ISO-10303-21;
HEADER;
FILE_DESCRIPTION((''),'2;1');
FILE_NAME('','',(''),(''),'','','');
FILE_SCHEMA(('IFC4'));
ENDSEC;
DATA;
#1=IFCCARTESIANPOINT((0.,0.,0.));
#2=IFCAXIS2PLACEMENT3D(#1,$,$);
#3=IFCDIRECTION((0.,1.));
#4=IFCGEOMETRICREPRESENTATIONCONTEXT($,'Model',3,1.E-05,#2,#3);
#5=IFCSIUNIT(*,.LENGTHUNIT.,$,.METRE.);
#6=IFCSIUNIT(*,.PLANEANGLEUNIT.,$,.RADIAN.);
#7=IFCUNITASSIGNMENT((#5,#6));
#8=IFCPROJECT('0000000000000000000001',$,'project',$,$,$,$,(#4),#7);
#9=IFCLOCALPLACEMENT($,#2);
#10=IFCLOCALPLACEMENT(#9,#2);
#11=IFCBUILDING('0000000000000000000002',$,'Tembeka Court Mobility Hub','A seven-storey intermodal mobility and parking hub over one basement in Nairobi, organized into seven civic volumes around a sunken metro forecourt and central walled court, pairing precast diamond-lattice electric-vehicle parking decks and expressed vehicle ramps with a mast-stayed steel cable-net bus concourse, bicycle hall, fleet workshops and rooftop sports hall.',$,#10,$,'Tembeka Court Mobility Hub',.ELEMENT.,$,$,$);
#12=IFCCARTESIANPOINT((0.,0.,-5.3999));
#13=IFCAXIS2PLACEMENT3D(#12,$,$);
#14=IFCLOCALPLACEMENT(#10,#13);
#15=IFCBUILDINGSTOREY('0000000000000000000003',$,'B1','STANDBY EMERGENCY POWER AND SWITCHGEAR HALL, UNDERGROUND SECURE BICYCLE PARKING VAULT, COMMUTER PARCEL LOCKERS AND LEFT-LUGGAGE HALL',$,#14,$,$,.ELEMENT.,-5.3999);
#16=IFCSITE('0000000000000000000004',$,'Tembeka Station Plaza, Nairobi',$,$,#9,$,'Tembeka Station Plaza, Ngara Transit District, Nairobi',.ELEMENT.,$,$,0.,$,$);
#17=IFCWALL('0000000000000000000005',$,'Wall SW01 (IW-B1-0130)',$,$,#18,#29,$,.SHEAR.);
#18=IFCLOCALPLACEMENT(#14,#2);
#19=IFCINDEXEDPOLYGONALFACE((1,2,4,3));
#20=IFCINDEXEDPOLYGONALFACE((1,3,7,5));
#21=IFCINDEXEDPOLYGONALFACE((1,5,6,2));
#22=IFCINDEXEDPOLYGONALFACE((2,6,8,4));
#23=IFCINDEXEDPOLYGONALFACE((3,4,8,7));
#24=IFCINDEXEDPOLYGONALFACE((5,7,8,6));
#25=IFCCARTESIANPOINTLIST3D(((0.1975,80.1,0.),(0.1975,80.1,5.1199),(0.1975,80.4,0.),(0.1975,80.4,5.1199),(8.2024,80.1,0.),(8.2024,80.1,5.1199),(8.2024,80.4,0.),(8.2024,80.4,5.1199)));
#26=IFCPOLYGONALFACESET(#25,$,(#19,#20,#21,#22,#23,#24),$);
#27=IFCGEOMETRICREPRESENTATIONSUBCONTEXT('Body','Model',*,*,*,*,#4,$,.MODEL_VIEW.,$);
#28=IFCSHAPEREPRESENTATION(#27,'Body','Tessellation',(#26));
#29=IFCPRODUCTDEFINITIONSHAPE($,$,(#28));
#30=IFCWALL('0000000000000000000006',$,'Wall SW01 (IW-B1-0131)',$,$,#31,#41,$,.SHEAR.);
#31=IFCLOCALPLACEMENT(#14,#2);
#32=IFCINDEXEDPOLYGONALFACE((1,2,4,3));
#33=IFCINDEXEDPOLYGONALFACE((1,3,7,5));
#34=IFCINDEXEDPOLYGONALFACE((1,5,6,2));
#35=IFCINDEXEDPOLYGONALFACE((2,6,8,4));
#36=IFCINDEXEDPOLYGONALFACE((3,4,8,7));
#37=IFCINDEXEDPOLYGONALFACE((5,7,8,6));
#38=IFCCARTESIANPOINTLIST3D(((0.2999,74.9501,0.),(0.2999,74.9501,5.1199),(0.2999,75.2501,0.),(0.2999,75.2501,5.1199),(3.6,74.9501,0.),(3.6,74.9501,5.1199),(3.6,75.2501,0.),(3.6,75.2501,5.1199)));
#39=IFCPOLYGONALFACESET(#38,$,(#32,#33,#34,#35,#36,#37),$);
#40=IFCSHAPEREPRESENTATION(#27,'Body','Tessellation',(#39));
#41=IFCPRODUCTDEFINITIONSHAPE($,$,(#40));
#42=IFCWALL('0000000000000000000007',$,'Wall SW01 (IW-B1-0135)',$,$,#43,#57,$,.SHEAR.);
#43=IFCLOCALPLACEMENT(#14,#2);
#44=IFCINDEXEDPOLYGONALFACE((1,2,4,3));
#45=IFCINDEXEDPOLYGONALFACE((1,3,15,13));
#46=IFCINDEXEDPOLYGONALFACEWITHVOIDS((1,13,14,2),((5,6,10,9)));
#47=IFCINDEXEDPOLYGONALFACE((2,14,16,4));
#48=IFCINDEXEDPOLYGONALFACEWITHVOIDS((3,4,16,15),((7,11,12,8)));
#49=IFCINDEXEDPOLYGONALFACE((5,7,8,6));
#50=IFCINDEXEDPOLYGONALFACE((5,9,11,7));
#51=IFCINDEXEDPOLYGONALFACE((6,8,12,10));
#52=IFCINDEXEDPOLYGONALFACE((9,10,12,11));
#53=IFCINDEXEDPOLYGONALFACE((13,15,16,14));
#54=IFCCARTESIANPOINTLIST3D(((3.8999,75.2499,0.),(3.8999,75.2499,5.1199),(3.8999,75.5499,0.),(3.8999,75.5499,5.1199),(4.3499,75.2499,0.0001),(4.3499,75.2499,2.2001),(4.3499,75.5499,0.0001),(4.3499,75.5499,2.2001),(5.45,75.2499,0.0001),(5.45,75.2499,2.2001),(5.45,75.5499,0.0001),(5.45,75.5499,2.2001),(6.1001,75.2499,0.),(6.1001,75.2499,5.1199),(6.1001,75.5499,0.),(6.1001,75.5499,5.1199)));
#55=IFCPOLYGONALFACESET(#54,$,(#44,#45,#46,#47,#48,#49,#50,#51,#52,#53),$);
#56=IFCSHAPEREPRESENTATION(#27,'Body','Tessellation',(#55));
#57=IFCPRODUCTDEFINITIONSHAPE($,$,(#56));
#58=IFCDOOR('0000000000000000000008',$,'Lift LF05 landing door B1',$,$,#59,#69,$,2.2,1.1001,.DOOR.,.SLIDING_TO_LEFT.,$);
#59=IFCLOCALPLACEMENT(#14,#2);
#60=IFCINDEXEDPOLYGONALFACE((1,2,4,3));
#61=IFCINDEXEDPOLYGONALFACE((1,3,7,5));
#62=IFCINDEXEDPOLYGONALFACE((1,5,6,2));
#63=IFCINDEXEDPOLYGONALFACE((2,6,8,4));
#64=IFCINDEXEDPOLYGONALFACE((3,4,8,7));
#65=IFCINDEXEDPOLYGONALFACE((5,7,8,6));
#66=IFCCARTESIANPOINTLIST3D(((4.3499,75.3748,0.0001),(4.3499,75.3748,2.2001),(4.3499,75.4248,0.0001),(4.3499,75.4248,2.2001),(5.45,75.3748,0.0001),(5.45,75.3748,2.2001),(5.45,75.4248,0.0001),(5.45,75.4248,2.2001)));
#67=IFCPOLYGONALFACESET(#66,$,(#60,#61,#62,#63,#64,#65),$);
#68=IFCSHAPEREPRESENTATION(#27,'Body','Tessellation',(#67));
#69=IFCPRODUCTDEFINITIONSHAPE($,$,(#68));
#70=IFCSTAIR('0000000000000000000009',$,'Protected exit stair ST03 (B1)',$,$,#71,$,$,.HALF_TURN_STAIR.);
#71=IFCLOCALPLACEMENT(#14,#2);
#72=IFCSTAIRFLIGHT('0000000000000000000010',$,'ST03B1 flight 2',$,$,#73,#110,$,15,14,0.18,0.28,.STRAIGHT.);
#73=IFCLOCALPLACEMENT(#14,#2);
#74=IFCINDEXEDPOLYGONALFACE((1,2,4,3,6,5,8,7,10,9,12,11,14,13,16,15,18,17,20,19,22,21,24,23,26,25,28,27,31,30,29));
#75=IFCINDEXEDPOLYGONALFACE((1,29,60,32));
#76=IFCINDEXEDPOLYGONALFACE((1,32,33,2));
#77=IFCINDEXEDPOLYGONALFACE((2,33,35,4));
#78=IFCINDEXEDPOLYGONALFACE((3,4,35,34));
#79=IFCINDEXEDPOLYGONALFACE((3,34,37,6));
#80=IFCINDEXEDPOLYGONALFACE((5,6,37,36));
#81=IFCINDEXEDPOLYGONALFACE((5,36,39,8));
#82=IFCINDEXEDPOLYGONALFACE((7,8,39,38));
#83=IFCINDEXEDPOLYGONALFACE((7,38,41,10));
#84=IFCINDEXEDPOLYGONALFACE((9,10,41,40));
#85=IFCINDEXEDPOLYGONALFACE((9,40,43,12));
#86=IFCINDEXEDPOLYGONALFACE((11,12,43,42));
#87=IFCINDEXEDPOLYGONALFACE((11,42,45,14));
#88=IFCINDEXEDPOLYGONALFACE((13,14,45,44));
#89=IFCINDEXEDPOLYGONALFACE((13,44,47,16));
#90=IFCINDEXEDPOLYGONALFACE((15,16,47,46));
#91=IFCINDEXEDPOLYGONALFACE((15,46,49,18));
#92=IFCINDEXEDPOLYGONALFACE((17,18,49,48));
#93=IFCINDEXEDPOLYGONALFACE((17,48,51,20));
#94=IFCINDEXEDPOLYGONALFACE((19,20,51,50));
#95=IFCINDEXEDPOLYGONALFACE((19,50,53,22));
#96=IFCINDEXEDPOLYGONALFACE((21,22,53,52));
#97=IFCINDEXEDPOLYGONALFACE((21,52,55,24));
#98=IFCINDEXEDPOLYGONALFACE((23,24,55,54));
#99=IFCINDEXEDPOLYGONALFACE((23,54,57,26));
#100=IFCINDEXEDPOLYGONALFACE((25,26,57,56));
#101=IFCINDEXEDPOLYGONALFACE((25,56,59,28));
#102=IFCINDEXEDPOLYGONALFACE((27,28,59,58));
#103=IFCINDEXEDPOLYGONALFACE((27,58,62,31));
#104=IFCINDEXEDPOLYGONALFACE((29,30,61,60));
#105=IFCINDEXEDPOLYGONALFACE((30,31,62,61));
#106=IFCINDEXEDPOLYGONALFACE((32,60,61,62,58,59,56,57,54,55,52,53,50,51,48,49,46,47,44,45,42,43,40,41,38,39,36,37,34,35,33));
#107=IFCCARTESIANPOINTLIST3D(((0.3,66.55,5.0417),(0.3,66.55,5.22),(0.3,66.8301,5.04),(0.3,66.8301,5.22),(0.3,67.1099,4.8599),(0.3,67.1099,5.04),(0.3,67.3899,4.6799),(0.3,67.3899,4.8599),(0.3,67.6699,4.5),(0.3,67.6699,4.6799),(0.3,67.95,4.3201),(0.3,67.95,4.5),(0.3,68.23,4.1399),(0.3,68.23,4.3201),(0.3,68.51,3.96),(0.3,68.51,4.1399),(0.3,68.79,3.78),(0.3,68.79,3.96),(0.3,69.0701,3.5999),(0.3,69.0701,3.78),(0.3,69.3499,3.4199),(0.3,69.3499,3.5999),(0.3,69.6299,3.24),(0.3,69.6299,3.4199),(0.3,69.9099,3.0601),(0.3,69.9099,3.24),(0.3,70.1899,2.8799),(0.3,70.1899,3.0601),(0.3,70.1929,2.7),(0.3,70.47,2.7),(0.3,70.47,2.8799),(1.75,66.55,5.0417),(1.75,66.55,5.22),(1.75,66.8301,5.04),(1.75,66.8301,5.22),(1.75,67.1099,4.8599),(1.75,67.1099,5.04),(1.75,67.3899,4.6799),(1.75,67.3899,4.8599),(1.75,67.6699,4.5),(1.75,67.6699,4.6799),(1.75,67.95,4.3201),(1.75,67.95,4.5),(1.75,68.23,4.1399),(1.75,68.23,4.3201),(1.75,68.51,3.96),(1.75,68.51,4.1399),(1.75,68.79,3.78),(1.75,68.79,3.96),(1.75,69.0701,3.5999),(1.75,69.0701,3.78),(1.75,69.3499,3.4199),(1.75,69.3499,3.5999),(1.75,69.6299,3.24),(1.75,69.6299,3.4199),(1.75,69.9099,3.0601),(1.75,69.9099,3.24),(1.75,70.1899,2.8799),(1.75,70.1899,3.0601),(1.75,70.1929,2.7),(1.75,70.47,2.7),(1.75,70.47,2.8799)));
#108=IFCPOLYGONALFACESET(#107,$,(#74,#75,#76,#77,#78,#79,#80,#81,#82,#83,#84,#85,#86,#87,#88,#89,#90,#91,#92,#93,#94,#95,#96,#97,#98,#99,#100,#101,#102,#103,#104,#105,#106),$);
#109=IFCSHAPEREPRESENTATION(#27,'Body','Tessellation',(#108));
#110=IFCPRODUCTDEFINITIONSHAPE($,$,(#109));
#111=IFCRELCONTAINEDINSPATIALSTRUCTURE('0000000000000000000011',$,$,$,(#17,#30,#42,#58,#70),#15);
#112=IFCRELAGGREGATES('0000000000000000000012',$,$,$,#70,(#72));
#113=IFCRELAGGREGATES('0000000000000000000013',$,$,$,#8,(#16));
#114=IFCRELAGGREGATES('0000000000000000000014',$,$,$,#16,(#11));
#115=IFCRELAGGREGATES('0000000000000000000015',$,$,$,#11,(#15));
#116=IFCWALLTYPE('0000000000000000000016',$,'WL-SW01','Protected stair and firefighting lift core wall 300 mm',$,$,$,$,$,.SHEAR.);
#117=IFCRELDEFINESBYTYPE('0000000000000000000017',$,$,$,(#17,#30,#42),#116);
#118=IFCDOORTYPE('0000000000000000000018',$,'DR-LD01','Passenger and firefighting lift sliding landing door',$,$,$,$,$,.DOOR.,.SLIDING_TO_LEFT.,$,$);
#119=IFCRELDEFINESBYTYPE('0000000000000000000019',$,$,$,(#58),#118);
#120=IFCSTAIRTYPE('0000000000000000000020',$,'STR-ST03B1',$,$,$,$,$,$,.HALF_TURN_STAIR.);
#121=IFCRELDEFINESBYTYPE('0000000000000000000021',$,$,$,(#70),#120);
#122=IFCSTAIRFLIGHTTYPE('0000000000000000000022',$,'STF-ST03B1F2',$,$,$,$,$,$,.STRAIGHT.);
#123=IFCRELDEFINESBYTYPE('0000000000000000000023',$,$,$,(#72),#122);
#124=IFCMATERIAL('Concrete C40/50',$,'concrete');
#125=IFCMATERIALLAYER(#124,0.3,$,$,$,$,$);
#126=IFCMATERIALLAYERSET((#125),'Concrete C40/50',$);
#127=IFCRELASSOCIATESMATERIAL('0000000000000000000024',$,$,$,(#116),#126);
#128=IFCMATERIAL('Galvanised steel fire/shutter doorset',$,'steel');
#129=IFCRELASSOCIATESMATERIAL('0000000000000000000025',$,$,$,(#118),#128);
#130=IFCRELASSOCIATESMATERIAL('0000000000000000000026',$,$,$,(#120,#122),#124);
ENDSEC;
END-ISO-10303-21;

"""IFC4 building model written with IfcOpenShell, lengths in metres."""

from ifc_helpers import new_model, si_unit, direction, frame, frame_2d, origin, place, context, subcontext, project, spatial, polyline, rectangle, outline, extrude, material, layer, layer_set, type_object, element, fill, aggregate, save


model = new_model("IFC4")

# Units and contexts
model_context = context("Model", 3, precision=1e-05, world=origin(), true_north=direction((0.0, 1.0)))
body_context = subcontext(model_context, "Body", "Model", "MODEL_VIEW")
ifc_project = project(units=[si_unit("LENGTHUNIT", "METRE"), si_unit("PLANEANGLEUNIT", "RADIAN")], contexts=[model_context])

# Site, building, storey
site_placement = place(None, origin())
site = spatial("IfcSite", under=ifc_project, at=site_placement, Name="Tembeka Station Plaza, Nairobi", LongName="Tembeka Station Plaza, Ngara Transit District, Nairobi", CompositionType="ELEMENT", RefElevation=0.0)
building_placement = place(site_placement, origin())
building = spatial("IfcBuilding", under=site, at=building_placement, Name="Tembeka Court Mobility Hub", Description="A seven-storey intermodal mobility and parking hub over one basement in Nairobi, organized into seven civic volumes around a sunken metro forecourt and central walled court, pairing precast diamond-lattice electric-vehicle parking decks and expressed vehicle ramps with a mast-stayed steel cable-net bus concourse, bicycle hall, fleet workshops and rooftop sports hall.", LongName="Tembeka Court Mobility Hub", CompositionType="ELEMENT")
storey_placement = place(building_placement, frame((0.0, 0.0, -5.3999)))
storey = spatial("IfcBuildingStorey", under=building, at=storey_placement, Name="B1", Description="STANDBY EMERGENCY POWER AND SWITCHGEAR HALL, UNDERGROUND SECURE BICYCLE PARKING VAULT, COMMUTER PARCEL LOCKERS AND LEFT-LUGGAGE HALL", CompositionType="ELEMENT", Elevation=-5.3999)

# Shared definitions
ifc_material_1 = material(Name="Concrete C40/50", Category="concrete")

# Walls
ifc_layer_1 = layer(ifc_material_1, 0.3)
ifc_layer_set_1 = layer_set([ifc_layer_1], Name="Concrete C40/50")
wall_type_1 = type_object("IfcWallType", Name="WL-SW01", Description="Protected stair and firefighting lift core wall 300 mm", PredefinedType="SHEAR", material=ifc_layer_set_1)
wall_1_placement = place(storey_placement, frame((0.1975, 80.25, 0.0), z_axis=(0.0, 0.0, 1.0), x_axis=(1.0, 0.0, 0.0)))
element("IfcWall", 1, at=wall_1_placement, inside=storey, type_object=wall_type_1, Name="Wall SW01 (IW-B1-0130)", PredefinedType="SHEAR", context=body_context, shape_type="SweptSolid", body=[
    extrude(rectangle(XDim=8.0049, YDim=0.3, at=frame_2d((4.0024, 0.0))), origin(), (0.0, 0.0, 1.0), 5.1199),
])
wall_2_placement = place(storey_placement, frame((0.3, 75.1001, 0.0), z_axis=(0.0, 0.0, 1.0), x_axis=(1.0, 0.0, 0.0)))
element("IfcWall", 2, at=wall_2_placement, inside=storey, type_object=wall_type_1, Name="Wall SW01 (IW-B1-0131)", PredefinedType="SHEAR", context=body_context, shape_type="SweptSolid", body=[
    extrude(rectangle(XDim=3.3, YDim=0.3, at=frame_2d((1.6499, 0.0))), origin(), (0.0, 0.0, 1.0), 5.1199),
])

# Wall, opening, door
wall_3_placement = place(storey_placement, frame((3.8999, 75.3999, 0.0), z_axis=(0.0, 0.0, 1.0), x_axis=(1.0, 0.0, 0.0)))
wall_3 = element("IfcWall", 3, at=wall_3_placement, inside=storey, type_object=wall_type_1, Name="Wall SW01 (IW-B1-0135)", PredefinedType="SHEAR", context=body_context, shape_type="SweptSolid", body=[
    extrude(rectangle(XDim=2.2002, YDim=0.3, at=frame_2d((1.1001, 0.0))), origin(), (0.0, 0.0, 1.0), 5.1199),
])
opening_placement = place(wall_3_placement, frame((0.45, 0.0, 0.0)))
opening = element("IfcOpeningElement", 4, at=opening_placement, cuts=wall_3, PredefinedType="OPENING", context=body_context, shape_type="SweptSolid", body=[
    extrude(rectangle(XDim=1.1001, YDim=2.2, at=frame_2d((0.55, 1.1001))), frame((0.0, 0.1602, 0.0), z_axis=(0.0, -1.0, 0.0), x_axis=(1.0, 0.0, 0.0)), (0.0, 0.0, 1.0), 0.3201),
])
ifc_material_2 = material(Name="Galvanised steel fire/shutter doorset", Category="steel")
door_type = type_object("IfcDoorType", Name="DR-LD01", Description="Passenger and firefighting lift sliding landing door", OperationType="SLIDING_TO_LEFT", PredefinedType="DOOR", material=ifc_material_2)
door_placement = place(opening_placement, origin())
door = element("IfcDoor", 5, at=door_placement, inside=storey, type_object=door_type, Name="Lift LF05 landing door B1", OperationType="SLIDING_TO_LEFT", OverallHeight=2.2, OverallWidth=1.1001, PredefinedType="DOOR", context=body_context, shape_type="SweptSolid", body=[
    extrude(rectangle(XDim=1.1001, YDim=2.2, at=frame_2d((0.55, 1.1001))), frame((0.0, 0.0249, 0.0), z_axis=(0.0, -1.0, 0.0), x_axis=(1.0, 0.0, 0.0)), (0.0, 0.0, 1.0), 0.05),
])
fill(opening, door)

# Stair, stair flight
stair_type = type_object("IfcStairType", Name="STR-ST03B1", PredefinedType="HALF_TURN_STAIR", material=ifc_material_1)
stair_placement = place(storey_placement, origin())
stair = element("IfcStair", 6, at=stair_placement, inside=storey, type_object=stair_type, Name="Protected exit stair ST03 (B1)", PredefinedType="HALF_TURN_STAIR")
stair_flight_type = type_object("IfcStairFlightType", Name="STF-ST03B1F2", PredefinedType="STRAIGHT", material=ifc_material_1)
stair_flight_placement = place(storey_placement, frame((1.0249, 70.47, 2.7), z_axis=(0.0, 0.0, 1.0), x_axis=(0.0, -1.0, 0.0)))
stair_flight = element("IfcStairFlight", 7, at=stair_flight_placement, type_object=stair_flight_type, Name="ST03B1 flight 2", NumberOfRisers=15, NumberOfTreads=14, PredefinedType="STRAIGHT", RiserHeight=0.18, TreadLength=0.28, context=body_context, shape_type="SweptSolid", body=[
    extrude(outline(polyline([(0.0, 0.0), (0.0, 0.1799), (0.28, 0.1799), (0.28, 0.3601), (0.5601, 0.3601), (0.5601, 0.54), (0.8401, 0.54), (0.8401, 0.72), (1.1201, 0.72), (1.1201, 0.8999), (1.3999, 0.8999), (1.3999, 1.0801), (1.6799, 1.0801), (1.6799, 1.26), (1.96, 1.26), (1.96, 1.4399), (2.24, 1.4399), (2.24, 1.6201), (2.52, 1.6201), (2.52, 1.8), (2.8, 1.8), (2.8, 1.98), (3.0801, 1.98), (3.0801, 2.1599), (3.3601, 2.1599), (3.3601, 2.3401), (3.6399, 2.3401), (3.6399, 2.52), (3.9199, 2.52), (3.9199, 2.7), (3.9199, 2.3418), (0.2771, 0.0), (0.0, 0.0)])), frame((0.0, 0.7251, 0.0), z_axis=(0.0, -1.0, 0.0), x_axis=(1.0, 0.0, 0.0)), (0.0, 0.0, 1.0), 1.45),
])
aggregate(stair, [stair_flight])

save(model, "model.ifc")
